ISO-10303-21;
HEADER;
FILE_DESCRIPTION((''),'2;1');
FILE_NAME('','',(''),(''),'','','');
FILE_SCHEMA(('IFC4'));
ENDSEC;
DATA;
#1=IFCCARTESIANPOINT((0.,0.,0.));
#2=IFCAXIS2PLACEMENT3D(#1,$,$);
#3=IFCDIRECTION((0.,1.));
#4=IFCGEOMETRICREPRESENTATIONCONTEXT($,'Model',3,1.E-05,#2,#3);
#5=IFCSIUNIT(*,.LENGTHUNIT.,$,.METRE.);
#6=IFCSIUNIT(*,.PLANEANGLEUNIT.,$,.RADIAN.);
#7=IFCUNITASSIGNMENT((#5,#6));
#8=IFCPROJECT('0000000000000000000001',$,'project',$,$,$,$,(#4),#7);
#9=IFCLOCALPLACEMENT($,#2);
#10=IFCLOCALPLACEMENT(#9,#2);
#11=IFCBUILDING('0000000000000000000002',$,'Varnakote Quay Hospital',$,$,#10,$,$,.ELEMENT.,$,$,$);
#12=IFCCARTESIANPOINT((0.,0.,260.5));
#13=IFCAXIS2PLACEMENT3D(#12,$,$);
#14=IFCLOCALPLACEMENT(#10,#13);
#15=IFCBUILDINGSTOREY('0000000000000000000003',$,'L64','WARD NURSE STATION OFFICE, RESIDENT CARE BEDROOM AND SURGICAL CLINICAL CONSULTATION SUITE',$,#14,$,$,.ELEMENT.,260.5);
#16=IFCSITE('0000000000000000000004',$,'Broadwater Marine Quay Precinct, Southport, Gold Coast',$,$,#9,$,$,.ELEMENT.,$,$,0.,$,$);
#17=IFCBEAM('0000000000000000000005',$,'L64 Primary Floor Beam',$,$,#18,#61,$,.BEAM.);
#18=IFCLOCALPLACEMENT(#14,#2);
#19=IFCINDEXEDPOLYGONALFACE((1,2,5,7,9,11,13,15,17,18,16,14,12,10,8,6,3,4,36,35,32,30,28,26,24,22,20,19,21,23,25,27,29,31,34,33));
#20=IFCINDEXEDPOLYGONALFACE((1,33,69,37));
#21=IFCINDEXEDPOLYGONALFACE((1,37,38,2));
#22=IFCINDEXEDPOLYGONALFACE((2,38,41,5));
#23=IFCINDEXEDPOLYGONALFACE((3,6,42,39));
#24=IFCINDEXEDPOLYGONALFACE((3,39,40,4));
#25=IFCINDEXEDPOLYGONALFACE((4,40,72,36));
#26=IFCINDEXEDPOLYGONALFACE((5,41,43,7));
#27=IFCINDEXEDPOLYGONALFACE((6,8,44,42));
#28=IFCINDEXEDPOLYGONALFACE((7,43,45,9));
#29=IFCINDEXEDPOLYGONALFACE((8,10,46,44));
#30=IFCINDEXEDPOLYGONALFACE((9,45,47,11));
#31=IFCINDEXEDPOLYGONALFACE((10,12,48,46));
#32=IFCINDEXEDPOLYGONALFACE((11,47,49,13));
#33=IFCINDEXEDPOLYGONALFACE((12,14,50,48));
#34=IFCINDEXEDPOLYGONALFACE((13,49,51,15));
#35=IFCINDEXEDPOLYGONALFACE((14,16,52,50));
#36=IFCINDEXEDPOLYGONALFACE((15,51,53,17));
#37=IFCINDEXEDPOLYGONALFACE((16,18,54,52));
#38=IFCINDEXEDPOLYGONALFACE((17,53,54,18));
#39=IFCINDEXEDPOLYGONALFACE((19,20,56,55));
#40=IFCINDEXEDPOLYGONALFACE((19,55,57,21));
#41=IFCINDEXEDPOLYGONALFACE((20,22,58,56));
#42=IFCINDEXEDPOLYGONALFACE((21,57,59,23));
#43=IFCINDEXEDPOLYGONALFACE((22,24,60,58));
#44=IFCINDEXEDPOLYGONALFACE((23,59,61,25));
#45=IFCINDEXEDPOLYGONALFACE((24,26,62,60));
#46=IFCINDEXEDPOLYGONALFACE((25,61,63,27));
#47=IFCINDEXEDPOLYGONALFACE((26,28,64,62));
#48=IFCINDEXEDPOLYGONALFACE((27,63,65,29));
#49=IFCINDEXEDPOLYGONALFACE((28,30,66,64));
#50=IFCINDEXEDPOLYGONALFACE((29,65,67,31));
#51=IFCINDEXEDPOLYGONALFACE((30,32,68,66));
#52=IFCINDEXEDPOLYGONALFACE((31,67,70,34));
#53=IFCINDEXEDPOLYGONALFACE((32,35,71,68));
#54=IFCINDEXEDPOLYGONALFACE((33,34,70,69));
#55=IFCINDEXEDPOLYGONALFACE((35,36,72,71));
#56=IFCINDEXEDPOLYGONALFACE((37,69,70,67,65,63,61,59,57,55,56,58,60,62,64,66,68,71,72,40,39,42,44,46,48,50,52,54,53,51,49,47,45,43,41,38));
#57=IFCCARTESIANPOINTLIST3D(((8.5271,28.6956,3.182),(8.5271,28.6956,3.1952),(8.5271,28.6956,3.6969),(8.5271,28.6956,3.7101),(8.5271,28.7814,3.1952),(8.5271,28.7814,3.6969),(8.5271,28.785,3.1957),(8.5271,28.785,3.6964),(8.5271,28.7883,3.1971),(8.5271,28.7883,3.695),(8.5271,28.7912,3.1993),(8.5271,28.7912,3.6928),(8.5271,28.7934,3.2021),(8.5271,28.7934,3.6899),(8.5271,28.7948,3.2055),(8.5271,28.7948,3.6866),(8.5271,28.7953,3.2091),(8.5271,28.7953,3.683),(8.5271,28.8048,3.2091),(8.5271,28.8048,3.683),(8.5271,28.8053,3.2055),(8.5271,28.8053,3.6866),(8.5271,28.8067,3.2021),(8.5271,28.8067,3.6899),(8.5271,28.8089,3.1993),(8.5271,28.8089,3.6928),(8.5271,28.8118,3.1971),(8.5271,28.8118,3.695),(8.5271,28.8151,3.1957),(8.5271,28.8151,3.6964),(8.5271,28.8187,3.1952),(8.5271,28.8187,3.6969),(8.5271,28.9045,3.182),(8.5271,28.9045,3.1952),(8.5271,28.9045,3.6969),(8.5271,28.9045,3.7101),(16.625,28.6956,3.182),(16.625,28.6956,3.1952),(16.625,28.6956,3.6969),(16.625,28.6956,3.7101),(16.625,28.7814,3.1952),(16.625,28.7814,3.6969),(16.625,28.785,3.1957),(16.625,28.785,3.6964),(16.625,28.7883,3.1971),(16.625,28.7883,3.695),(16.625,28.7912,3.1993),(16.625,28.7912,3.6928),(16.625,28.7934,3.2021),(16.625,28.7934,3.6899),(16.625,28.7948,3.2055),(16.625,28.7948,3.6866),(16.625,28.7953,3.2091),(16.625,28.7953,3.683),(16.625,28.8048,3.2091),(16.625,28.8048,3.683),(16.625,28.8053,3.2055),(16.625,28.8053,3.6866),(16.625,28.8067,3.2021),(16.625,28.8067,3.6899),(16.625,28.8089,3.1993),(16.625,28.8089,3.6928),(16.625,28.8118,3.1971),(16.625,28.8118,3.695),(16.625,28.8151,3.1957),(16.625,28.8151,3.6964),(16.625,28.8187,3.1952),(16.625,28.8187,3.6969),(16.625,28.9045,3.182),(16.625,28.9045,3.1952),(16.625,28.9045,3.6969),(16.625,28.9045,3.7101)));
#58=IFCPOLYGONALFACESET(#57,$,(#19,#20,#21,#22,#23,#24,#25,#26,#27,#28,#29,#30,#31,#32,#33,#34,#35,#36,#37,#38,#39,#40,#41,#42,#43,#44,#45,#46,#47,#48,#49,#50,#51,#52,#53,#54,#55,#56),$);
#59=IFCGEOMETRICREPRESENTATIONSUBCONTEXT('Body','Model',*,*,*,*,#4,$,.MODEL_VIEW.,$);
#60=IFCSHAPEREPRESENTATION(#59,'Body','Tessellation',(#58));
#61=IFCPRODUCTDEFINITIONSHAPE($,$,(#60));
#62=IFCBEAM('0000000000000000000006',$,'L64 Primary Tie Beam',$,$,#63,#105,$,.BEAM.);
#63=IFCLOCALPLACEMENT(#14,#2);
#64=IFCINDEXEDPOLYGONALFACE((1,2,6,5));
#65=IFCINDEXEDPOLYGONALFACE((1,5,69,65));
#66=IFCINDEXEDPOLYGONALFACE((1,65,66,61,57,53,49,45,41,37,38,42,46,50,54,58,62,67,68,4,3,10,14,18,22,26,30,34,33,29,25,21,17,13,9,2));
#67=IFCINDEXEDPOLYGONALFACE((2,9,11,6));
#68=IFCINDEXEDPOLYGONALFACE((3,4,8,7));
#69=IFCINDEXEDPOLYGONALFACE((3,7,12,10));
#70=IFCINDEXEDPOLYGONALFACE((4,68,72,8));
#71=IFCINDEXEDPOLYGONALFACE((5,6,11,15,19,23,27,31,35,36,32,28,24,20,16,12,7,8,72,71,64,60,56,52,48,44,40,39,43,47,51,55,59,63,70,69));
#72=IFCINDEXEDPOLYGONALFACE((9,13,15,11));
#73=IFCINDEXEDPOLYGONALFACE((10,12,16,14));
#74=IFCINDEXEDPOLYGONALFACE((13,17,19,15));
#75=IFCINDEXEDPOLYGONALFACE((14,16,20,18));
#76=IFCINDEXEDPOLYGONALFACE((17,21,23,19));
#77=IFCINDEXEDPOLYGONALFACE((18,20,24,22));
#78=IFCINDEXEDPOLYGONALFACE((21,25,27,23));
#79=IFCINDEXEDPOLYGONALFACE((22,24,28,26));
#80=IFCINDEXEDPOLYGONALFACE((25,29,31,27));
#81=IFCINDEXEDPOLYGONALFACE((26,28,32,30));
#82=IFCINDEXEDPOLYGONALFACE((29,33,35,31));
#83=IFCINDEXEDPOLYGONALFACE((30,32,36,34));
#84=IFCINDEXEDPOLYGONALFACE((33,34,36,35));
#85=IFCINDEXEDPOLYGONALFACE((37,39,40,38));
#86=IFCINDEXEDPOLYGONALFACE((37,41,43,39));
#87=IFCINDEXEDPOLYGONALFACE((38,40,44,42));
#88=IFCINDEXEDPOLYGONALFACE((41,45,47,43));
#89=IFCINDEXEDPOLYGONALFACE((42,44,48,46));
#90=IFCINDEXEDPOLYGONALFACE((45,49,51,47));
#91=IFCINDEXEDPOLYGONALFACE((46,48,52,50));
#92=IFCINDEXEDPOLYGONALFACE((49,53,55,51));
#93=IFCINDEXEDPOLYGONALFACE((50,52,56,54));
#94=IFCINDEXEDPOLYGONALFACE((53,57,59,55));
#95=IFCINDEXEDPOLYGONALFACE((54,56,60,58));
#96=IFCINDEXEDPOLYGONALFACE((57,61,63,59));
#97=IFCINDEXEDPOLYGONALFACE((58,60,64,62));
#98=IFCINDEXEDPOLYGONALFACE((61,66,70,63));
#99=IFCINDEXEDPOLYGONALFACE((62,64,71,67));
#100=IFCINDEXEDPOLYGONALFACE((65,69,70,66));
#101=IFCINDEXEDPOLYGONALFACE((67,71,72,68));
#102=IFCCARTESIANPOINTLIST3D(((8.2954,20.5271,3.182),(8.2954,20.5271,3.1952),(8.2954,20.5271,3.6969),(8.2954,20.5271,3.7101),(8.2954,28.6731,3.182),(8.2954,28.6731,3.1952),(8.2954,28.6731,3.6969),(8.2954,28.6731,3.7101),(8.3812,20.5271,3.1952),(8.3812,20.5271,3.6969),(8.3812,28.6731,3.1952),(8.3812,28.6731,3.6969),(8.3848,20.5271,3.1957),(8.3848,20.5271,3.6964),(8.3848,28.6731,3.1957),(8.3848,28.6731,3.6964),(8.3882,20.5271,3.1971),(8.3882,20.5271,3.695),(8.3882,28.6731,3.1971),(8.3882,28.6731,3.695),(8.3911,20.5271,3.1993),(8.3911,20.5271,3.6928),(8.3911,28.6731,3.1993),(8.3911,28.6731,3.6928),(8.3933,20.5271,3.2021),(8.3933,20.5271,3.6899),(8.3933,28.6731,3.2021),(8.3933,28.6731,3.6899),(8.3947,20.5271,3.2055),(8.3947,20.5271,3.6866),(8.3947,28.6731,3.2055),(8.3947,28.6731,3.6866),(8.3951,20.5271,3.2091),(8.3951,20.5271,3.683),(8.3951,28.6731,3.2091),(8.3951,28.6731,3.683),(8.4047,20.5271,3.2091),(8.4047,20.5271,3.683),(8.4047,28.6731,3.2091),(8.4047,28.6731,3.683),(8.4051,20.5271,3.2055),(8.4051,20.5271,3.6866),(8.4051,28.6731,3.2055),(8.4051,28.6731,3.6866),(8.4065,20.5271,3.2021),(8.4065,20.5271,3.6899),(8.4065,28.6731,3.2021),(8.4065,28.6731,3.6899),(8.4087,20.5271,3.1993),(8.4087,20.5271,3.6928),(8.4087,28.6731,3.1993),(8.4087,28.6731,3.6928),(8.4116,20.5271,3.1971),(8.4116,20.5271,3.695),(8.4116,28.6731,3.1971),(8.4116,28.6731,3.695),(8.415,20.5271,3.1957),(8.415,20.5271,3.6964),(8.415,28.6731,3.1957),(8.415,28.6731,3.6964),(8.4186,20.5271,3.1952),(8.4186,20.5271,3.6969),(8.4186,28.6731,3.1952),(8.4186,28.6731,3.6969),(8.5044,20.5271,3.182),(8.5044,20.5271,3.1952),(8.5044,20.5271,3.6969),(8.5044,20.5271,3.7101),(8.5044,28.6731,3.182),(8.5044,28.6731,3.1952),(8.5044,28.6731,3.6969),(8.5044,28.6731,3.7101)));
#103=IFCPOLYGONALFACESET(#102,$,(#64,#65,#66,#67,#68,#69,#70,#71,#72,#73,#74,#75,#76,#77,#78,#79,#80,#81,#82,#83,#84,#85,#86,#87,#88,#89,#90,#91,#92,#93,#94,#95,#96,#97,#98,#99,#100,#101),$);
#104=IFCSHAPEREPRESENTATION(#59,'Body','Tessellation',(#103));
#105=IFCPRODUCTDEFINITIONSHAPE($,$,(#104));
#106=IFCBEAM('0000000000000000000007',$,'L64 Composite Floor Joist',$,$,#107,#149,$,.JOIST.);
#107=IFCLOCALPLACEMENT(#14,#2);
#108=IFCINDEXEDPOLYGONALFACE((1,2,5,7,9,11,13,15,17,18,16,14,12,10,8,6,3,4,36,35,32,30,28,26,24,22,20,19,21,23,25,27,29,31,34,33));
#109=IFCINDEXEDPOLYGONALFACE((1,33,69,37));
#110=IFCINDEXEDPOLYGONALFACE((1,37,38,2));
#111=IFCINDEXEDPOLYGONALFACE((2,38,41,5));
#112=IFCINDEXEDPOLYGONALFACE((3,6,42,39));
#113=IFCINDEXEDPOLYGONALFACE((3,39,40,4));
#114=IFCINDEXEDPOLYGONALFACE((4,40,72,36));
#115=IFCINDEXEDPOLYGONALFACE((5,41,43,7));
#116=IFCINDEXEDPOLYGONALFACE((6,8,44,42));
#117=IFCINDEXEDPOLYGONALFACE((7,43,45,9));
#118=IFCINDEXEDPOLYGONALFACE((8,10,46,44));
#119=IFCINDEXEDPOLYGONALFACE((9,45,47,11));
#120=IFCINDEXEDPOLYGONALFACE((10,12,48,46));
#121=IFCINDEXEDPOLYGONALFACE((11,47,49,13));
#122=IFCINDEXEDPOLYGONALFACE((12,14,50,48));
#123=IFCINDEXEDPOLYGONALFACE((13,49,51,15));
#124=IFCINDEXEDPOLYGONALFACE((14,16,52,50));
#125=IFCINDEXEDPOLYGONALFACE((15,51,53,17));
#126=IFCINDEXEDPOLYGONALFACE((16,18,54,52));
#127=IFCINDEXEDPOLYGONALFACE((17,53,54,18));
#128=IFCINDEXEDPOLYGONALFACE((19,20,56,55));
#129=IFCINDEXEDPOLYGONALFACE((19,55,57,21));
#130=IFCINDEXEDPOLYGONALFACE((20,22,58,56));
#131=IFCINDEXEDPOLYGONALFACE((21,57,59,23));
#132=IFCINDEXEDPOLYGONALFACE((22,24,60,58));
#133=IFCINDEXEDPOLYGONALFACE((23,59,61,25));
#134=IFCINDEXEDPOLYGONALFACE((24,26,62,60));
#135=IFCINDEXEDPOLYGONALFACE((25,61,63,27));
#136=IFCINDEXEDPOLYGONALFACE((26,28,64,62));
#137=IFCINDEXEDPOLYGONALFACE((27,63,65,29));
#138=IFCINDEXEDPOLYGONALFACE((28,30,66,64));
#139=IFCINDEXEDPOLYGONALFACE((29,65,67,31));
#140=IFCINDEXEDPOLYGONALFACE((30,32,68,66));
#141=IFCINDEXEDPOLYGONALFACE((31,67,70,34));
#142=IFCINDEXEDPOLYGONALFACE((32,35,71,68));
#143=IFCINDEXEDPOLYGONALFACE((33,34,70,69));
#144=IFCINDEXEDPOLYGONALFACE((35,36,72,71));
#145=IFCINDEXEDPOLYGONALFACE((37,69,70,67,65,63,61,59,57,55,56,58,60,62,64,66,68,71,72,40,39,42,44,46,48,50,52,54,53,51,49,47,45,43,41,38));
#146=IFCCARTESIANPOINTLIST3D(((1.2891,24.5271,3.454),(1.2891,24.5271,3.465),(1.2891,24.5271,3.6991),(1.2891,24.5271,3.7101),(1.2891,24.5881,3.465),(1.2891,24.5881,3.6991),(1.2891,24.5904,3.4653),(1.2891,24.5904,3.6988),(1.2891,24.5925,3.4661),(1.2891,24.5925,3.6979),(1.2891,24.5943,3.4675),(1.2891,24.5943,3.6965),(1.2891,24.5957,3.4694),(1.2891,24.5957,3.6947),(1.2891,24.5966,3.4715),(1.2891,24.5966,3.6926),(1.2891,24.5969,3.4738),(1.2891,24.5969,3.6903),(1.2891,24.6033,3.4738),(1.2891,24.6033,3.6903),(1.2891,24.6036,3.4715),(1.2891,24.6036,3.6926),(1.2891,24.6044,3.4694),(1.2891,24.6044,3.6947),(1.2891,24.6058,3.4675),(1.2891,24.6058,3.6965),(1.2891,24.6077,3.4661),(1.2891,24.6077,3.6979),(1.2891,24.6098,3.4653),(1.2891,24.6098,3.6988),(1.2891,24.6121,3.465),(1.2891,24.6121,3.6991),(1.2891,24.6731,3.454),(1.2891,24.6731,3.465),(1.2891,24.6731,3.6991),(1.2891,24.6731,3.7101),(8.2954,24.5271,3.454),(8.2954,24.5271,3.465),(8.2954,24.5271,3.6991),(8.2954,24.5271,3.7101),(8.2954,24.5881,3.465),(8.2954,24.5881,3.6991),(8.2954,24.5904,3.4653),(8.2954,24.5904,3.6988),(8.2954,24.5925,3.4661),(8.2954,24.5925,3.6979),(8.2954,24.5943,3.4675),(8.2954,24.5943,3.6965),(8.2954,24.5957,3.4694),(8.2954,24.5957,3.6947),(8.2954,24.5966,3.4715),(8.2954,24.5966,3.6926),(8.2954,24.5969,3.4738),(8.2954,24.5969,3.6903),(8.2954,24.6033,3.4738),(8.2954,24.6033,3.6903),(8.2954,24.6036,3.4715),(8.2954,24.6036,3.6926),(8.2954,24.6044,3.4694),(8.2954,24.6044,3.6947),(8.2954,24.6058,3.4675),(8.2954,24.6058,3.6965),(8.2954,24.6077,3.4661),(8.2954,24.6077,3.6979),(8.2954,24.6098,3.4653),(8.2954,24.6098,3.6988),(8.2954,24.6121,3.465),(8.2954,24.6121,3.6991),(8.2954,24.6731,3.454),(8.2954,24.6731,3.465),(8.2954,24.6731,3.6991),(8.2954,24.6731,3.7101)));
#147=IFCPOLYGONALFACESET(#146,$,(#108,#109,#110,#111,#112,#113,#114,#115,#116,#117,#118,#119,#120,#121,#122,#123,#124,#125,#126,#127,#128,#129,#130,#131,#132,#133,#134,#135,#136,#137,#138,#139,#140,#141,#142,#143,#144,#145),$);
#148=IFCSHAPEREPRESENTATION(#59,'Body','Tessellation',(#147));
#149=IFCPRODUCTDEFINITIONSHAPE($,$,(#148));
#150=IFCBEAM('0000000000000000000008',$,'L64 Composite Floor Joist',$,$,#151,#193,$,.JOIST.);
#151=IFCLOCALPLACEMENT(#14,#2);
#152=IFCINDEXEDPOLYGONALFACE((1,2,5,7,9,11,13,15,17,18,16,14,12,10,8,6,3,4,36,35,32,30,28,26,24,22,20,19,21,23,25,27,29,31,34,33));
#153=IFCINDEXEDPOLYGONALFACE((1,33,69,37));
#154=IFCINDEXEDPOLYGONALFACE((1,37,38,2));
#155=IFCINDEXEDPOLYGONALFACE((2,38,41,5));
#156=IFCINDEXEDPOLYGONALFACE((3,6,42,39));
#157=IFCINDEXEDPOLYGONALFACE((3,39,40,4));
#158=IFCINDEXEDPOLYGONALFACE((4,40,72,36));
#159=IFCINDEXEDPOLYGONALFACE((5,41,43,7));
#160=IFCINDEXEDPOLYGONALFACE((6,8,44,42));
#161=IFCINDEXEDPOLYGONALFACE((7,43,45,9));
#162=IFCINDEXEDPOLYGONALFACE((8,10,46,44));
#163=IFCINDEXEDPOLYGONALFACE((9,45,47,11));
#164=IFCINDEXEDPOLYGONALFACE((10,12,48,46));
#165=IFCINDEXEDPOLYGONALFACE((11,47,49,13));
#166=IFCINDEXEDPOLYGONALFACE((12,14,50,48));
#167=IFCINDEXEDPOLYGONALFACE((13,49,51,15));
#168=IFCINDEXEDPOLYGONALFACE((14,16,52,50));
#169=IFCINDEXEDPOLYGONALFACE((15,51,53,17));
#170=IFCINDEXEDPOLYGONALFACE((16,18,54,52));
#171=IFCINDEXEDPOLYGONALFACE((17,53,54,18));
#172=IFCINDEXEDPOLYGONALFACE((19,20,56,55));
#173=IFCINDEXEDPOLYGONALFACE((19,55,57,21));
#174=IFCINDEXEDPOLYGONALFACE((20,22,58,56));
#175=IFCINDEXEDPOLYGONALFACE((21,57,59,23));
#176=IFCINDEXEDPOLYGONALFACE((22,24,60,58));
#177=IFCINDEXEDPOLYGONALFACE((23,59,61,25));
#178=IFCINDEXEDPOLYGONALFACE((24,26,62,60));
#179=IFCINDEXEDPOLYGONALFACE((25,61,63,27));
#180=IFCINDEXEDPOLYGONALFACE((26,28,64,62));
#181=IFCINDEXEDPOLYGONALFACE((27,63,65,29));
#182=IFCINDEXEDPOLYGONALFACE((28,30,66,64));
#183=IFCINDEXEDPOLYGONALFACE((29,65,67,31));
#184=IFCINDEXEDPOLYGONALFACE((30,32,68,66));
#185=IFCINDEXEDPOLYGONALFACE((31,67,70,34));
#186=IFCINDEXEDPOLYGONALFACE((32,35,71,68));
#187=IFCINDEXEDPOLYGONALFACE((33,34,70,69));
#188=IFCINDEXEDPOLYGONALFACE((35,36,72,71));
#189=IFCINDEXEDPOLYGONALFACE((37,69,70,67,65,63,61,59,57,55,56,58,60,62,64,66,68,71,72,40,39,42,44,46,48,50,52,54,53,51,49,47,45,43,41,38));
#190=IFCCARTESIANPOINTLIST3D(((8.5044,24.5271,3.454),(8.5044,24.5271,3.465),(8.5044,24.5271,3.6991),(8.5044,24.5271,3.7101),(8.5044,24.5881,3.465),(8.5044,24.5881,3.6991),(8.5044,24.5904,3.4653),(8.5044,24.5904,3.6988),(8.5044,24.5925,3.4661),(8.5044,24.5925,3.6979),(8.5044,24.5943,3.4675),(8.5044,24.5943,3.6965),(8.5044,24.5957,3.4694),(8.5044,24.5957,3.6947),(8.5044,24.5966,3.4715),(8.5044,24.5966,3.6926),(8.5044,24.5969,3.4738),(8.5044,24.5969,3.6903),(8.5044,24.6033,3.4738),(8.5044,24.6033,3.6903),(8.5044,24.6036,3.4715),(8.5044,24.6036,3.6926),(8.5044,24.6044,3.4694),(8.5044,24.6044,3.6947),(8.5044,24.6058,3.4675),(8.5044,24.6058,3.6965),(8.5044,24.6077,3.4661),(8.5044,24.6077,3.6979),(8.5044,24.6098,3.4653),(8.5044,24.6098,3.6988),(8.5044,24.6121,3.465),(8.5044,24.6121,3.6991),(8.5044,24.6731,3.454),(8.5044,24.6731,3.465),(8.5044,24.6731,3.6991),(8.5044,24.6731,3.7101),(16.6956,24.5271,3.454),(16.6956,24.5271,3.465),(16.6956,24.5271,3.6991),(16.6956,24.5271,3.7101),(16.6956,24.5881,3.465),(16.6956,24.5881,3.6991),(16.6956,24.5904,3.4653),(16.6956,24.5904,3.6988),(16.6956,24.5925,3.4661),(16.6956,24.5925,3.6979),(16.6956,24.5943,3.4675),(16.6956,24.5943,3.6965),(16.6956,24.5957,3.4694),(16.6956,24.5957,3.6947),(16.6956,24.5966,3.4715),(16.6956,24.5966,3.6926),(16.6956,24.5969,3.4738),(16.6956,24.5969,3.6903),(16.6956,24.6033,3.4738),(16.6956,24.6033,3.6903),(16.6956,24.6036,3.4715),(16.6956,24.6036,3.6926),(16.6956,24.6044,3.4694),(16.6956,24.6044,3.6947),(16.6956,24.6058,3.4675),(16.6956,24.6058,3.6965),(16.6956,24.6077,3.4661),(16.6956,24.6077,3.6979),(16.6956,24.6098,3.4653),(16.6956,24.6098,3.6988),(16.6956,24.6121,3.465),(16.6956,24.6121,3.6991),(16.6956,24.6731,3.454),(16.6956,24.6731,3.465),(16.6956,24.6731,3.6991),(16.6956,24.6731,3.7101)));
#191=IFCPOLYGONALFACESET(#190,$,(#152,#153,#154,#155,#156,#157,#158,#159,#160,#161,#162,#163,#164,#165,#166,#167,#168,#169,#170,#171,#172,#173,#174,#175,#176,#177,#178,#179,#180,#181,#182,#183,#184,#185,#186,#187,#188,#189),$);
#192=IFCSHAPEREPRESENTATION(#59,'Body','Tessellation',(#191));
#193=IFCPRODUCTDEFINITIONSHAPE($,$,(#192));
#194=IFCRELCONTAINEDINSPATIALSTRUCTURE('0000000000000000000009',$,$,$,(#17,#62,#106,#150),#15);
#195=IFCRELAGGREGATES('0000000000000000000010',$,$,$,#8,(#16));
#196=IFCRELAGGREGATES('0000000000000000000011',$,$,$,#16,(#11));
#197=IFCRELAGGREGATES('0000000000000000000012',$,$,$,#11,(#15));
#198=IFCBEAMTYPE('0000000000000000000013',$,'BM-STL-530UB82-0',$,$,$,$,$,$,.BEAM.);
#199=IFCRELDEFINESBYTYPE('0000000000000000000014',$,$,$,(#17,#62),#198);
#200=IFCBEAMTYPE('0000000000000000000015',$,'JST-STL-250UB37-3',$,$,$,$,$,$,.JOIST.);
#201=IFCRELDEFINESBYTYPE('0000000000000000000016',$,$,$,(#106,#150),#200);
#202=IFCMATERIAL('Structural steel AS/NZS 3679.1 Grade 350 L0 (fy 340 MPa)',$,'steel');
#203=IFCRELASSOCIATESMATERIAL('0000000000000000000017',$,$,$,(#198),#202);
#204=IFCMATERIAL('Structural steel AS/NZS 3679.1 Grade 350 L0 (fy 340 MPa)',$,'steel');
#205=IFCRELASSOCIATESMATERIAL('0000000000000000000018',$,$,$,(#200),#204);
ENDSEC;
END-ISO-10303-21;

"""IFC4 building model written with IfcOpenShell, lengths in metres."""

from ifc_helpers import new_model, si_unit, direction, frame, origin, origin_2d, place, context, subcontext, project, spatial, i_section, extrude, material, material_profile, profile_set, type_object, element, save


model = new_model("IFC4")

# Units and contexts
model_context = context("Model", 3, precision=1e-05, world=origin(), true_north=direction((0.0, 1.0)))
body_context = subcontext(model_context, "Body", "Model", "MODEL_VIEW")
ifc_project = project(units=[si_unit("LENGTHUNIT", "METRE"), si_unit("PLANEANGLEUNIT", "RADIAN")], contexts=[model_context])

# Site, building, storey
site_placement = place(None, origin())
site = spatial("IfcSite", under=ifc_project, at=site_placement, Name="Broadwater Marine Quay Precinct, Southport, Gold Coast", CompositionType="ELEMENT", RefElevation=0.0)
building_placement = place(site_placement, origin())
building = spatial("IfcBuilding", under=site, at=building_placement, Name="Varnakote Quay Hospital", CompositionType="ELEMENT")
storey_placement = place(building_placement, frame((0.0, 0.0, 260.5)))
storey = spatial("IfcBuildingStorey", under=building, at=storey_placement, Name="L64", Description="WARD NURSE STATION OFFICE, RESIDENT CARE BEDROOM AND SURGICAL CLINICAL CONSULTATION SUITE", CompositionType="ELEMENT", Elevation=260.5)

# Beams
ifc_material_1 = material(Name="Structural steel AS/NZS 3679.1 Grade 350 L0 (fy 340 MPa)", Category="steel")
ifc_material_profile_1 = material_profile(ifc_material_1, i_section(OverallWidth=0.209, OverallDepth=0.5281, WebThickness=0.0095, FlangeThickness=0.0132, FilletRadius=0.0139, at=origin_2d()), Name="530UB82.0")
ifc_profile_set_1 = profile_set([ifc_material_profile_1], Name="Structural steel AS/NZS 3679.1 Grade 350 L0 (fy 340 MPa)")
beam_type_1 = type_object("IfcBeamType", Name="BM-STL-530UB82-0", PredefinedType="BEAM", material=ifc_profile_set_1)
beam_1_placement = place(storey_placement, frame((8.5271, 28.8, 3.446), z_axis=(1.0, 0.0, 0.0), x_axis=(0.0, 1.0, 0.0)))
element("IfcBeam", 1, at=beam_1_placement, inside=storey, type_object=beam_type_1, Name="L64 Primary Floor Beam", PredefinedType="BEAM", context=body_context, shape_type="SweptSolid", body=[
    extrude(i_section(OverallWidth=0.209, OverallDepth=0.5281, WebThickness=0.0095, FlangeThickness=0.0132, FilletRadius=0.0139, at=origin_2d()), origin(), (0.0, 0.0, 1.0), 8.0979),
])
beam_2_placement = place(storey_placement, frame((8.3999, 20.5271, 3.446), z_axis=(0.0, 1.0, 0.0), x_axis=(-1.0, 0.0, 0.0)))
element("IfcBeam", 2, at=beam_2_placement, inside=storey, type_object=beam_type_1, Name="L64 Primary Tie Beam", PredefinedType="BEAM", context=body_context, shape_type="SweptSolid", body=[
    extrude(i_section(OverallWidth=0.209, OverallDepth=0.5281, WebThickness=0.0095, FlangeThickness=0.0132, FilletRadius=0.0139, at=origin_2d()), origin(), (0.0, 0.0, 1.0), 8.146),
])
ifc_material_2 = material(Name="Structural steel AS/NZS 3679.1 Grade 350 L0 (fy 340 MPa)", Category="steel")
ifc_material_profile_2 = material_profile(ifc_material_2, i_section(OverallWidth=0.146, OverallDepth=0.2561, WebThickness=0.0063, FlangeThickness=0.011, FilletRadius=0.0088, at=origin_2d()), Name="250UB37.3")
ifc_profile_set_2 = profile_set([ifc_material_profile_2], Name="Structural steel AS/NZS 3679.1 Grade 350 L0 (fy 340 MPa)")
beam_type_2 = type_object("IfcBeamType", Name="JST-STL-250UB37-3", PredefinedType="JOIST", material=ifc_profile_set_2)
beam_3_placement = place(storey_placement, frame((1.2891, 24.6001, 3.582), z_axis=(1.0, 0.0, 0.0), x_axis=(0.0, 1.0, 0.0)))
element("IfcBeam", 3, at=beam_3_placement, inside=storey, type_object=beam_type_2, Name="L64 Composite Floor Joist", PredefinedType="JOIST", context=body_context, shape_type="SweptSolid", body=[
    extrude(i_section(OverallWidth=0.146, OverallDepth=0.2561, WebThickness=0.0063, FlangeThickness=0.011, FilletRadius=0.0088, at=origin_2d()), origin(), (0.0, 0.0, 1.0), 7.0063),
])
beam_4_placement = place(storey_placement, frame((8.5044, 24.6001, 3.582), z_axis=(1.0, 0.0, 0.0), x_axis=(0.0, 1.0, 0.0)))
element("IfcBeam", 4, at=beam_4_placement, inside=storey, type_object=beam_type_2, Name="L64 Composite Floor Joist", PredefinedType="JOIST", context=body_context, shape_type="SweptSolid", body=[
    extrude(i_section(OverallWidth=0.146, OverallDepth=0.2561, WebThickness=0.0063, FlangeThickness=0.011, FilletRadius=0.0088, at=origin_2d()), origin(), (0.0, 0.0, 1.0), 8.1912),
])

save(model, "model.ifc")
